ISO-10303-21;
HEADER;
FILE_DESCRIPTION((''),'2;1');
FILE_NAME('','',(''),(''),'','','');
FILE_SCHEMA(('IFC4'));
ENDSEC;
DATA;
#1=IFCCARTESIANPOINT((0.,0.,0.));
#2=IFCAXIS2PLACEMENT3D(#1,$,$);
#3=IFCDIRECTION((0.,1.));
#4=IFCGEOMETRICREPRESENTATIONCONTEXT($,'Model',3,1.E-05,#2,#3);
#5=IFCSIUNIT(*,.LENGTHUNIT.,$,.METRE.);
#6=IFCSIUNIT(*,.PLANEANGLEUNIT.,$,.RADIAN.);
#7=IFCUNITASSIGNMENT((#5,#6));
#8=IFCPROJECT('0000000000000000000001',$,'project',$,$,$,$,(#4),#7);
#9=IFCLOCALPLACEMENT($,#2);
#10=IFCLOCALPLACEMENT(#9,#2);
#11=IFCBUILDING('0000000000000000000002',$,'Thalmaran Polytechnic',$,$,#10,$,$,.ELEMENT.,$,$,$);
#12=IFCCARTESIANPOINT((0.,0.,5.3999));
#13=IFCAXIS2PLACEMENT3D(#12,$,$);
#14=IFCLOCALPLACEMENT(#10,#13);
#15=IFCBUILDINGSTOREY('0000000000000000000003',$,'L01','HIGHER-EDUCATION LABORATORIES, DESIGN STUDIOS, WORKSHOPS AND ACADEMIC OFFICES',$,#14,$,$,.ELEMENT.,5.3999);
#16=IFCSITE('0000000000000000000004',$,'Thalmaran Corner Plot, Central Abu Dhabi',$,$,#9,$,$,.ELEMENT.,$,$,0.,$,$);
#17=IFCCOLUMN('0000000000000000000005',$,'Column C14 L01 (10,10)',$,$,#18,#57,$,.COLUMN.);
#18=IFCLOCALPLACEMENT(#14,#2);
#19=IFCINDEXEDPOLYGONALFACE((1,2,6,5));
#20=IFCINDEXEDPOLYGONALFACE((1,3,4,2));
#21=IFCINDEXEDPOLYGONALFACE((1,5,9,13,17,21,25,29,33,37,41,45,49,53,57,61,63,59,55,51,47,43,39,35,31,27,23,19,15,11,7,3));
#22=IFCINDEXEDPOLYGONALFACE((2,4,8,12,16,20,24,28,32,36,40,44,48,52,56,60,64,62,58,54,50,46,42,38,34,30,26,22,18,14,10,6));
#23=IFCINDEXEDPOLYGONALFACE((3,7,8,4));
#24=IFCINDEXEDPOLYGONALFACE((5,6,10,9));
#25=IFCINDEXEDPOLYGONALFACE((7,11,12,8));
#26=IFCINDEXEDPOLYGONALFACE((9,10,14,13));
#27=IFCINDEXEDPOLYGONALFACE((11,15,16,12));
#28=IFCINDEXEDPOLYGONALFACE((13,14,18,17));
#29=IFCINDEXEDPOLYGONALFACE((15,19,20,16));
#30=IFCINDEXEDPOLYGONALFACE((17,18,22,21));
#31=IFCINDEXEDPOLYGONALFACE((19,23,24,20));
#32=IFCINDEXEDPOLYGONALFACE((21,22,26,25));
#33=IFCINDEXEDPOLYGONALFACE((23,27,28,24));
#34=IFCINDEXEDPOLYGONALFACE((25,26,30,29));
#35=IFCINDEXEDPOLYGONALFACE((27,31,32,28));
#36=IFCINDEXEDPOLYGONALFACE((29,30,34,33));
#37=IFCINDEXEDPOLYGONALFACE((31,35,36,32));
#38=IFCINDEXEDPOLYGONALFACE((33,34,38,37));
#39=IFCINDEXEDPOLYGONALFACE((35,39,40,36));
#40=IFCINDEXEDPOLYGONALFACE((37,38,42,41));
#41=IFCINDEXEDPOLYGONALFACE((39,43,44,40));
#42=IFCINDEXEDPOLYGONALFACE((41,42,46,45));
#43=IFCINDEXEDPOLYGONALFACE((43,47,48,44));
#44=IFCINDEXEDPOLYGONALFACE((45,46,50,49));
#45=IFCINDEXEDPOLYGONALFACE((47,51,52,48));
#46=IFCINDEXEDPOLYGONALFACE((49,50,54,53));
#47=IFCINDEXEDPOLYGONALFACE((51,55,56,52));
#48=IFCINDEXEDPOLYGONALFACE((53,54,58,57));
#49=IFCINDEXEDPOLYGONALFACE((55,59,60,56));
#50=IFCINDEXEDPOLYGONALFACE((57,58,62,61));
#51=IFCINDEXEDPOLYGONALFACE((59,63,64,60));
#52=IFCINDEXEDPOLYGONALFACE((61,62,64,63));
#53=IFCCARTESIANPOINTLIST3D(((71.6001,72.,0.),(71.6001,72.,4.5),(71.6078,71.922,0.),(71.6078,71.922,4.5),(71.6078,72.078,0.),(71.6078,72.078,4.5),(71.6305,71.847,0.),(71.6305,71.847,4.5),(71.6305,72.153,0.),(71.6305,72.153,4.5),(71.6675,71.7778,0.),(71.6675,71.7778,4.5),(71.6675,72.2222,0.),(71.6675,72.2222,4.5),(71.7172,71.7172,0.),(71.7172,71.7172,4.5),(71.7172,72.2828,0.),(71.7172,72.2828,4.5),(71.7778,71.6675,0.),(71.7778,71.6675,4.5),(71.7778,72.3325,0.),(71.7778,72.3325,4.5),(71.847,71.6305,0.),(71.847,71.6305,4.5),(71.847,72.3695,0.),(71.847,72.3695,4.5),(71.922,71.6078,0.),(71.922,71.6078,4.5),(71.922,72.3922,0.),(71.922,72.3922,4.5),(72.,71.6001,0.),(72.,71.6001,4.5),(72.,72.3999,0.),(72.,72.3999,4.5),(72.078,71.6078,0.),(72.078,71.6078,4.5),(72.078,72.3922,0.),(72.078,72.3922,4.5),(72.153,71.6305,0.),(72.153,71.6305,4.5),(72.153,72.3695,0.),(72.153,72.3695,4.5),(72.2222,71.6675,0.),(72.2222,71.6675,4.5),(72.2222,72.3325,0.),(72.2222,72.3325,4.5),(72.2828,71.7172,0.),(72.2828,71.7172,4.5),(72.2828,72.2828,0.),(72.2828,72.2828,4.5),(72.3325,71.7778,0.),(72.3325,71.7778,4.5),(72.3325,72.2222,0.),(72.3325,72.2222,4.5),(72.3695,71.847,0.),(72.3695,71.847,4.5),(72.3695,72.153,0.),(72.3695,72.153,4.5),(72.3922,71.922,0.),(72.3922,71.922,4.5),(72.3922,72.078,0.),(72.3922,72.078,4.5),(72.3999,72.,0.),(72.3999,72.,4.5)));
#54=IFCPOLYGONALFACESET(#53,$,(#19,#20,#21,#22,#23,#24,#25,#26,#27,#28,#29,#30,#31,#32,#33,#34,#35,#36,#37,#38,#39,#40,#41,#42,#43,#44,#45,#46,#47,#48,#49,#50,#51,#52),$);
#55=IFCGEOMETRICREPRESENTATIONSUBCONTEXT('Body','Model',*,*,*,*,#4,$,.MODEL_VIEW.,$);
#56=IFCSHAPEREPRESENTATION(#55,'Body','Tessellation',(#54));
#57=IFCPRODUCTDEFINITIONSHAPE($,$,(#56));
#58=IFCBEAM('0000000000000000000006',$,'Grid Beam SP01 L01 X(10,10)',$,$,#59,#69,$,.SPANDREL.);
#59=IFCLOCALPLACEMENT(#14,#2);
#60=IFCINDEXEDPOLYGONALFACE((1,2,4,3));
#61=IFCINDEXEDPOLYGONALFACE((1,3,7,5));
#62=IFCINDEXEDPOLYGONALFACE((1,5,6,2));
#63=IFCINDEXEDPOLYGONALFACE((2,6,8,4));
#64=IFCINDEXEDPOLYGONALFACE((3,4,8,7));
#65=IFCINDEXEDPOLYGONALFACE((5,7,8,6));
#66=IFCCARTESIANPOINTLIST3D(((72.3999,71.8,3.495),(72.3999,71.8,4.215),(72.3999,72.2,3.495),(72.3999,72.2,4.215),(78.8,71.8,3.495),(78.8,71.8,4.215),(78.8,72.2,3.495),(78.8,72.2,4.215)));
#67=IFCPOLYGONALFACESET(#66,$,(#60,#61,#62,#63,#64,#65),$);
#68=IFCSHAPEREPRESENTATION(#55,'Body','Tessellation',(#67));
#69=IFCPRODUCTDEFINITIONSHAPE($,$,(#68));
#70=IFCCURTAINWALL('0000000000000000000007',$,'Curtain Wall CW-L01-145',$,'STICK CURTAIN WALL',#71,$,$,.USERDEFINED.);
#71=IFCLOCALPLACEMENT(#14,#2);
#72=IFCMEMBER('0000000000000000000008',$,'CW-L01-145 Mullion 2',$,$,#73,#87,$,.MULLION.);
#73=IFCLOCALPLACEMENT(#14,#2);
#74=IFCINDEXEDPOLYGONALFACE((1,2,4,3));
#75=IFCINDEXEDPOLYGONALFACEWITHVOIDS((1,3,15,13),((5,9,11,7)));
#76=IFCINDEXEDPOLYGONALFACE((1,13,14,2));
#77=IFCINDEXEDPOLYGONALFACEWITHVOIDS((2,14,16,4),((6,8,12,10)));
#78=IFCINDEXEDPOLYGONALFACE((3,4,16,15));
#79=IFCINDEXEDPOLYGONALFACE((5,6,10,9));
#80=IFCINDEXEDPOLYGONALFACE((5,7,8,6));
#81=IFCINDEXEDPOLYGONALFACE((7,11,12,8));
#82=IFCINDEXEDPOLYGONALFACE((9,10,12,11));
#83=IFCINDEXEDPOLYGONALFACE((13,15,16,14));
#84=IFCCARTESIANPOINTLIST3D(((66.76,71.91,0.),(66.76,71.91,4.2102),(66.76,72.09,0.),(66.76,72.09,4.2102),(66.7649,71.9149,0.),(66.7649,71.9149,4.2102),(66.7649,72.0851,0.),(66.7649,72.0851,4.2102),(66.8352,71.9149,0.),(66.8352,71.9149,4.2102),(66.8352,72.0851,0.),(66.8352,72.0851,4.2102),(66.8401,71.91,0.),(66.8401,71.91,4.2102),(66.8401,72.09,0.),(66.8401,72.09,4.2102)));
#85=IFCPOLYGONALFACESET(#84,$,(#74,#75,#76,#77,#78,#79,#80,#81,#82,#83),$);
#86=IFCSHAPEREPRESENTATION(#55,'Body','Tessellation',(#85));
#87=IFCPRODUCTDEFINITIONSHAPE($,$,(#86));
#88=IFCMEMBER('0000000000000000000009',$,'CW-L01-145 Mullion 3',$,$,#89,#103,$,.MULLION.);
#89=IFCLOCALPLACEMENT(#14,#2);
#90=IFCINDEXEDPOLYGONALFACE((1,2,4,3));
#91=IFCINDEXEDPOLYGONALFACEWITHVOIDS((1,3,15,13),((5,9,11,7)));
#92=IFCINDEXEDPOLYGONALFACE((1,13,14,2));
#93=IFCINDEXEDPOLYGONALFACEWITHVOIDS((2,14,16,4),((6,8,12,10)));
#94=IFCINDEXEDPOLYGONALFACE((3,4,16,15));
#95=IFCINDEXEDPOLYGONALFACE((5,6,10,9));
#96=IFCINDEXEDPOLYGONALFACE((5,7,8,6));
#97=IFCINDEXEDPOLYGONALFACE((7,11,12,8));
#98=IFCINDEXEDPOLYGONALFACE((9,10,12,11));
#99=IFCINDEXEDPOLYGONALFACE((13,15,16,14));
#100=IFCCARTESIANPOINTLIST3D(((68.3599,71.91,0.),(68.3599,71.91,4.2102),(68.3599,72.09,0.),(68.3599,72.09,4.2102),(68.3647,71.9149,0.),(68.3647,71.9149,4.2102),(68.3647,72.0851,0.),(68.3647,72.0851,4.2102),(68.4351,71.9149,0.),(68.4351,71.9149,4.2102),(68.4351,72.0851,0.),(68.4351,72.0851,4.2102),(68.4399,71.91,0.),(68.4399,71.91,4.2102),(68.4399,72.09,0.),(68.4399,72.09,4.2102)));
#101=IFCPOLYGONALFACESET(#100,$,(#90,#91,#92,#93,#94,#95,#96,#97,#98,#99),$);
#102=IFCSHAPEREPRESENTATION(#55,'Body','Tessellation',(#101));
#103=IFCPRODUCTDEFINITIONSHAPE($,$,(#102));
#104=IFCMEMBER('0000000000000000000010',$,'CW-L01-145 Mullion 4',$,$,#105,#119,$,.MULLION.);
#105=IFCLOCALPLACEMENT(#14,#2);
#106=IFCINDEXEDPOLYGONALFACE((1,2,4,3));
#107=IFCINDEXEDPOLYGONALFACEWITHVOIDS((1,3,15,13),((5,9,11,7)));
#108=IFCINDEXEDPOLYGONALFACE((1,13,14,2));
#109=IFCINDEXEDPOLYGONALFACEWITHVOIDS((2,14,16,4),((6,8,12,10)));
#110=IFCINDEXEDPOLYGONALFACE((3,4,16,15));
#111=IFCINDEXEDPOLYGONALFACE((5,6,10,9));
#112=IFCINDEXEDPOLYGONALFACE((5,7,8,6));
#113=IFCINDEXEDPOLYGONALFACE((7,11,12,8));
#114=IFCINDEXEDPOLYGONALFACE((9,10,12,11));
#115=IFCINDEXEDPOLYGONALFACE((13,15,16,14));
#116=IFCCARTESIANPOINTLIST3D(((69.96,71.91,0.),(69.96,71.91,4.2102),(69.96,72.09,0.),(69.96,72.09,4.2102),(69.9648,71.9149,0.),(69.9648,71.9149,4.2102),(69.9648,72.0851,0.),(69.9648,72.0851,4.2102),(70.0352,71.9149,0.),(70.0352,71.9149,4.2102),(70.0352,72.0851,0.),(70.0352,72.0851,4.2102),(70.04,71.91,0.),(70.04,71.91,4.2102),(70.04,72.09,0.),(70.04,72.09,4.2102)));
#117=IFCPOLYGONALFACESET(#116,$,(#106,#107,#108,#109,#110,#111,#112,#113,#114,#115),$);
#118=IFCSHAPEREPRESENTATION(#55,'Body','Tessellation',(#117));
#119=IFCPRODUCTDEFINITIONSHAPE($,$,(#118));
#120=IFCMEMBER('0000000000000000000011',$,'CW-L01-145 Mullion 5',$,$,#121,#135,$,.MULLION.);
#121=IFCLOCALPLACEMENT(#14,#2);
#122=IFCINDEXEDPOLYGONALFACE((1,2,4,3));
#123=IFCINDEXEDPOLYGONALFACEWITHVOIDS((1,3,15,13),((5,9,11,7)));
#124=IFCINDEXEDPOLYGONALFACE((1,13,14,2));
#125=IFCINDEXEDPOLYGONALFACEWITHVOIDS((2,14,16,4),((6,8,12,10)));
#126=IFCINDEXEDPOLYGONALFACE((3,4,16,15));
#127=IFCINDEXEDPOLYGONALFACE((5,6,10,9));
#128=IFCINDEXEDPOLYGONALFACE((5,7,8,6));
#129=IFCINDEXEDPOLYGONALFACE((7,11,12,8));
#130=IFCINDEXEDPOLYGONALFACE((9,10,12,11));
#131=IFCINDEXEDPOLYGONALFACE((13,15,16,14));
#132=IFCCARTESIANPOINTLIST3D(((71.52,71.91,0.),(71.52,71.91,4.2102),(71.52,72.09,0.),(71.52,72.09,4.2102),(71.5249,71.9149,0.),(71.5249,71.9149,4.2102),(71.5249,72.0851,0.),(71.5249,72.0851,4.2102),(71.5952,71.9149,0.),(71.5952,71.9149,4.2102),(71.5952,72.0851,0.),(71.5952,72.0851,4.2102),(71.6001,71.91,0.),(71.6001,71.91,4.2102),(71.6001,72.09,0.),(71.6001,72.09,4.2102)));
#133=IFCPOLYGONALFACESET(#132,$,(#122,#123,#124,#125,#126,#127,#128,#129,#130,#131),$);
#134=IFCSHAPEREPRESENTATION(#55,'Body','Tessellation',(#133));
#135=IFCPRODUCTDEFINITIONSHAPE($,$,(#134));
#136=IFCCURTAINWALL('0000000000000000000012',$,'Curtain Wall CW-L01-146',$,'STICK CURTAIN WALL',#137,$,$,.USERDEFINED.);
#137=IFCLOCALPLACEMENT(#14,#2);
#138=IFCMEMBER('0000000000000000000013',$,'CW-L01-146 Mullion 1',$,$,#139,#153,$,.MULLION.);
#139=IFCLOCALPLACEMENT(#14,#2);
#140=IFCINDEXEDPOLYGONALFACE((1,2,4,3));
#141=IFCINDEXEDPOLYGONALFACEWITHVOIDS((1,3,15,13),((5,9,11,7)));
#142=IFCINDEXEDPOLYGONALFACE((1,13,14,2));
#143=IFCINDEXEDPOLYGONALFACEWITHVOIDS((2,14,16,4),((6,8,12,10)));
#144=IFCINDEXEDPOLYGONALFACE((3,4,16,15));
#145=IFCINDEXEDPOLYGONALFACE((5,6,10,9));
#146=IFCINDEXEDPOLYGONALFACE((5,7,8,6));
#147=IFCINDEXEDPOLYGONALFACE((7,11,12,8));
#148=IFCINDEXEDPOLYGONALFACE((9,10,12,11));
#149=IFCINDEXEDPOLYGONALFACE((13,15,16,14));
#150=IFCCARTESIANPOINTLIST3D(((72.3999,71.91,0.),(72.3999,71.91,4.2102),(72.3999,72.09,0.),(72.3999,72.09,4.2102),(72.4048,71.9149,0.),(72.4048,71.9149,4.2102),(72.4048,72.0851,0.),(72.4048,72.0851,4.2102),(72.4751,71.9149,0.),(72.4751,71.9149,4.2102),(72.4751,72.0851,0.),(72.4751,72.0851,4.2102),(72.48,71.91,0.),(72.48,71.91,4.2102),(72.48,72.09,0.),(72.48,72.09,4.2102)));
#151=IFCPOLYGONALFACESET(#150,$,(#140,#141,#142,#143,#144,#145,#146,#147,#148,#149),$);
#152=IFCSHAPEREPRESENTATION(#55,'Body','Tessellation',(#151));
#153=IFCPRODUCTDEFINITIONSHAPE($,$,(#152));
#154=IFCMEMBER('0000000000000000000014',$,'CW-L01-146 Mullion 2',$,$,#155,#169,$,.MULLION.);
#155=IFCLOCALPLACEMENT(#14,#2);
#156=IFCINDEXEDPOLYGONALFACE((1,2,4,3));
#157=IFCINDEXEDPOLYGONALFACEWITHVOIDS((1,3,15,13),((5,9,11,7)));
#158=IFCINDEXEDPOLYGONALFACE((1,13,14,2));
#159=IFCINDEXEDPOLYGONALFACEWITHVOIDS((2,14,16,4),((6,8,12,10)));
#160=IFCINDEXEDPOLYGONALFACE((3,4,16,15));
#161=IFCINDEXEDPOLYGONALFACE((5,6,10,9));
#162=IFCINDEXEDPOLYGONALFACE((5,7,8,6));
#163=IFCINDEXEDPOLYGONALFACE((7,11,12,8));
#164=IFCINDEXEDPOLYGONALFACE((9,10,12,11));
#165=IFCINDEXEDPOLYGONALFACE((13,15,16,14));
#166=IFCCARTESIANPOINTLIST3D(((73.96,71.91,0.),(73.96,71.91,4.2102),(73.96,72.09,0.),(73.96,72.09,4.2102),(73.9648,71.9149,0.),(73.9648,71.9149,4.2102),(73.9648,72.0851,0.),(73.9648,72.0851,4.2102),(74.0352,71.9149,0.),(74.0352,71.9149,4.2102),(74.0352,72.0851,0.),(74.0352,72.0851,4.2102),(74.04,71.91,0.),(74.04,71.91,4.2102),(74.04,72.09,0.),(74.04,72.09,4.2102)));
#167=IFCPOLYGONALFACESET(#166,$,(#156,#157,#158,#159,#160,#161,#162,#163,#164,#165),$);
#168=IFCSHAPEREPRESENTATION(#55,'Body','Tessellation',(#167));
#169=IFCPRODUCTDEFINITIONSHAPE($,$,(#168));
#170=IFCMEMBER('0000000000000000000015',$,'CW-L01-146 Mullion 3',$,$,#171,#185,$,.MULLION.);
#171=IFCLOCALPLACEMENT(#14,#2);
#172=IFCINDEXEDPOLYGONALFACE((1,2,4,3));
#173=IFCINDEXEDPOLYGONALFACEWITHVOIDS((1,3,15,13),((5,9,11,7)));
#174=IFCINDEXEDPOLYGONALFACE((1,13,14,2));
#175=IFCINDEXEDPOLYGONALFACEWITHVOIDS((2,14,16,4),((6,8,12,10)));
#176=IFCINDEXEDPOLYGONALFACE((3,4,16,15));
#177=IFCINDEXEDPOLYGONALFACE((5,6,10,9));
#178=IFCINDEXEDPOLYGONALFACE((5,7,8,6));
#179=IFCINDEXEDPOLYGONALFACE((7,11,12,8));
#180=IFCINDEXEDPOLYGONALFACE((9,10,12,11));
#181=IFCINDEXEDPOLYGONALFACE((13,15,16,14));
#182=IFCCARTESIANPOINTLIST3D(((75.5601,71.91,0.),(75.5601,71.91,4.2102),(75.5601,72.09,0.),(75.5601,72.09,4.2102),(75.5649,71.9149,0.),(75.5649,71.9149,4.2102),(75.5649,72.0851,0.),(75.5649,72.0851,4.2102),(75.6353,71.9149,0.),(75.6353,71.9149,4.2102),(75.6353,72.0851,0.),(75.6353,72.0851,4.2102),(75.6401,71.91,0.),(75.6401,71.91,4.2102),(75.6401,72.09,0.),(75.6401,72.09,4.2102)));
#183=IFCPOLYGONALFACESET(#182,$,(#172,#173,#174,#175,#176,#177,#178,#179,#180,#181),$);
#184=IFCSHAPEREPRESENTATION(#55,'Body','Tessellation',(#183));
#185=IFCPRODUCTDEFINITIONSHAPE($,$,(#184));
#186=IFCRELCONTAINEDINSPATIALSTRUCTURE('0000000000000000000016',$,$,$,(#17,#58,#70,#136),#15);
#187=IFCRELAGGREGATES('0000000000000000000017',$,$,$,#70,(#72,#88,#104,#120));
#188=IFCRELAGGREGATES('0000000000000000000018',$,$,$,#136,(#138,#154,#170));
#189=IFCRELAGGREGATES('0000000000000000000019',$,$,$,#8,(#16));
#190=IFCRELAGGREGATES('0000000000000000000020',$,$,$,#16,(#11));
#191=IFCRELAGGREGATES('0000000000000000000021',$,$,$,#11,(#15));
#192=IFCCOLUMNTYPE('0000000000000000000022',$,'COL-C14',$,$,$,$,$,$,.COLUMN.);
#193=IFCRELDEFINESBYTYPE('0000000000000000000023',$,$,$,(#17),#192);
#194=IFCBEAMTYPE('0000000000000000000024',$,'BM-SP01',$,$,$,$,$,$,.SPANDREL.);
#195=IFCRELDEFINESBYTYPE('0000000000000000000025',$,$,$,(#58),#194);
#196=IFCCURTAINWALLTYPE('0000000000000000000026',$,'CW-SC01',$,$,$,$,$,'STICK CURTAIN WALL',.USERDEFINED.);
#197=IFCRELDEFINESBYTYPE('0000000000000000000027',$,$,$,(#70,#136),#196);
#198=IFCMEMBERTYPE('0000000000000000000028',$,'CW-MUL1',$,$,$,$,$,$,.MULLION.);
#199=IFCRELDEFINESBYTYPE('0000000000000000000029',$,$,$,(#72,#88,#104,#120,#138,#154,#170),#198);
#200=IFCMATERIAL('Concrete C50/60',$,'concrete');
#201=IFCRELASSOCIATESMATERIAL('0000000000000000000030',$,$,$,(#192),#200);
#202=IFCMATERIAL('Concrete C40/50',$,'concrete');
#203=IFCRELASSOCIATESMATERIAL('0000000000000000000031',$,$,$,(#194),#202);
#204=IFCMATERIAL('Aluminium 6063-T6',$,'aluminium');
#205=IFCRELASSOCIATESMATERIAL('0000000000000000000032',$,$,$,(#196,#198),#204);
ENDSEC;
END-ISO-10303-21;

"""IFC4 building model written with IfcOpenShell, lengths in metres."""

from ifc_helpers import new_model, si_unit, direction, frame, origin, origin_2d, place, context, subcontext, project, spatial, rectangle, hollow_rectangle, circle, extrude, material, material_profile, profile_set, type_object, element, aggregate, save


model = new_model("IFC4")

# Units and contexts
model_context = context("Model", 3, precision=1e-05, world=origin(), true_north=direction((0.0, 1.0)))
body_context = subcontext(model_context, "Body", "Model", "MODEL_VIEW")
ifc_project = project(units=[si_unit("LENGTHUNIT", "METRE"), si_unit("PLANEANGLEUNIT", "RADIAN")], contexts=[model_context])

# Site, building, storey
site_placement = place(None, origin())
site = spatial("IfcSite", under=ifc_project, at=site_placement, Name="Thalmaran Corner Plot, Central Abu Dhabi", CompositionType="ELEMENT", RefElevation=0.0)
building_placement = place(site_placement, origin())
building = spatial("IfcBuilding", under=site, at=building_placement, Name="Thalmaran Polytechnic", CompositionType="ELEMENT")
storey_placement = place(building_placement, frame((0.0, 0.0, 5.3999)))
storey = spatial("IfcBuildingStorey", under=building, at=storey_placement, Name="L01", Description="HIGHER-EDUCATION LABORATORIES, DESIGN STUDIOS, WORKSHOPS AND ACADEMIC OFFICES", CompositionType="ELEMENT", Elevation=5.3999)

# Column
ifc_material_1 = material(Name="Concrete C50/60", Category="concrete")
ifc_material_profile_1 = material_profile(ifc_material_1, circle(Radius=0.3999, at=origin_2d()), Name="RC 800 DIA")
ifc_profile_set_1 = profile_set([ifc_material_profile_1], Name="Concrete C50/60")
column_type = type_object("IfcColumnType", Name="COL-C14", PredefinedType="COLUMN", material=ifc_profile_set_1)
column_placement = place(storey_placement, frame((72.0, 72.0, 0.0), z_axis=(0.0, 0.0, 1.0), x_axis=(1.0, 0.0, 0.0)))
element("IfcColumn", 1, at=column_placement, inside=storey, type_object=column_type, Name="Column C14 L01 (10,10)", PredefinedType="COLUMN", context=body_context, shape_type="SweptSolid", body=[
    extrude(circle(Radius=0.3999, at=origin_2d()), origin(), (0.0, 0.0, 1.0), 4.5),
])

# Beam
ifc_material_2 = material(Name="Concrete C40/50", Category="concrete")
ifc_material_profile_2 = material_profile(ifc_material_2, rectangle(XDim=0.3999, YDim=0.72, at=origin_2d()), Name="RC 400x720")
ifc_profile_set_2 = profile_set([ifc_material_profile_2], Name="Concrete C40/50")
beam_type = type_object("IfcBeamType", Name="BM-SP01", PredefinedType="SPANDREL", material=ifc_profile_set_2)
beam_placement = place(storey_placement, frame((72.3999, 72.0, 3.855), z_axis=(1.0, 0.0, 0.0), x_axis=(0.0, 1.0, 0.0)))
element("IfcBeam", 2, at=beam_placement, inside=storey, type_object=beam_type, Name="Grid Beam SP01 L01 X(10,10)", PredefinedType="SPANDREL", context=body_context, shape_type="SweptSolid", body=[
    extrude(rectangle(XDim=0.3999, YDim=0.72, at=origin_2d()), origin(), (0.0, 0.0, 1.0), 6.4001),
])

# Curtain walls, members
ifc_material_3 = material(Name="Aluminium 6063-T6", Category="aluminium")
curtain_wall_type = type_object("IfcCurtainWallType", Name="CW-SC01", ElementType="STICK CURTAIN WALL", PredefinedType="USERDEFINED", material=ifc_material_3)
curtain_wall_1_placement = place(storey_placement, origin())
curtain_wall_1 = element("IfcCurtainWall", 3, at=curtain_wall_1_placement, inside=storey, type_object=curtain_wall_type, Name="Curtain Wall CW-L01-145", ObjectType="STICK CURTAIN WALL", PredefinedType="USERDEFINED")
ifc_material_profile_3 = material_profile(ifc_material_3, hollow_rectangle(XDim=0.0801, YDim=0.1799, WallThickness=0.0049, at=origin_2d()), Name="RHS 180x80x5.0")
ifc_profile_set_3 = profile_set([ifc_material_profile_3], Name="Aluminium 6063-T6")
member_type_1 = type_object("IfcMemberType", Name="CW-MUL1", PredefinedType="MULLION", material=ifc_profile_set_3)
member_1_placement = place(storey_placement, frame((66.8, 72.0, 0.0), z_axis=(0.0, 0.0, 1.0), x_axis=(1.0, 0.0, 0.0)))
member_1 = element("IfcMember", 4, at=member_1_placement, type_object=member_type_1, Name="CW-L01-145 Mullion 2", PredefinedType="MULLION", context=body_context, shape_type="SweptSolid", body=[
    extrude(hollow_rectangle(XDim=0.0801, YDim=0.1799, WallThickness=0.0049, at=origin_2d()), origin(), (0.0, 0.0, 1.0), 4.2102),
])
member_2_placement = place(storey_placement, frame((68.3999, 72.0, 0.0), z_axis=(0.0, 0.0, 1.0), x_axis=(1.0, 0.0, 0.0)))
member_2 = element("IfcMember", 5, at=member_2_placement, type_object=member_type_1, Name="CW-L01-145 Mullion 3", PredefinedType="MULLION", context=body_context, shape_type="SweptSolid", body=[
    extrude(hollow_rectangle(XDim=0.0801, YDim=0.1799, WallThickness=0.0049, at=origin_2d()), origin(), (0.0, 0.0, 1.0), 4.2102),
])
member_3_placement = place(storey_placement, frame((70.0, 72.0, 0.0), z_axis=(0.0, 0.0, 1.0), x_axis=(1.0, 0.0, 0.0)))
member_3 = element("IfcMember", 6, at=member_3_placement, type_object=member_type_1, Name="CW-L01-145 Mullion 4", PredefinedType="MULLION", context=body_context, shape_type="SweptSolid", body=[
    extrude(hollow_rectangle(XDim=0.0801, YDim=0.1799, WallThickness=0.0049, at=origin_2d()), origin(), (0.0, 0.0, 1.0), 4.2102),
])
member_4_placement = place(storey_placement, frame((71.5601, 72.0, 0.0), z_axis=(0.0, 0.0, 1.0), x_axis=(1.0, 0.0, 0.0)))
member_4 = element("IfcMember", 7, at=member_4_placement, type_object=member_type_1, Name="CW-L01-145 Mullion 5", PredefinedType="MULLION", context=body_context, shape_type="SweptSolid", body=[
    extrude(hollow_rectangle(XDim=0.0801, YDim=0.1799, WallThickness=0.0049, at=origin_2d()), origin(), (0.0, 0.0, 1.0), 4.2102),
])
curtain_wall_2_placement = place(storey_placement, origin())
curtain_wall_2 = element("IfcCurtainWall", 8, at=curtain_wall_2_placement, inside=storey, type_object=curtain_wall_type, Name="Curtain Wall CW-L01-146", ObjectType="STICK CURTAIN WALL", PredefinedType="USERDEFINED")
member_5_placement = place(storey_placement, frame((72.4399, 72.0, 0.0), z_axis=(0.0, 0.0, 1.0), x_axis=(1.0, 0.0, 0.0)))
member_5 = element("IfcMember", 9, at=member_5_placement, type_object=member_type_1, Name="CW-L01-146 Mullion 1", PredefinedType="MULLION", context=body_context, shape_type="SweptSolid", body=[
    extrude(hollow_rectangle(XDim=0.0801, YDim=0.1799, WallThickness=0.0049, at=origin_2d()), origin(), (0.0, 0.0, 1.0), 4.2102),
])
member_6_placement = place(storey_placement, frame((74.0, 72.0, 0.0), z_axis=(0.0, 0.0, 1.0), x_axis=(1.0, 0.0, 0.0)))
member_6 = element("IfcMember", 10, at=member_6_placement, type_object=member_type_1, Name="CW-L01-146 Mullion 2", PredefinedType="MULLION", context=body_context, shape_type="SweptSolid", body=[
    extrude(hollow_rectangle(XDim=0.0801, YDim=0.1799, WallThickness=0.0049, at=origin_2d()), origin(), (0.0, 0.0, 1.0), 4.2102),
])
member_7_placement = place(storey_placement, frame((75.6001, 72.0, 0.0), z_axis=(0.0, 0.0, 1.0), x_axis=(1.0, 0.0, 0.0)))
member_7 = element("IfcMember", 11, at=member_7_placement, type_object=member_type_1, Name="CW-L01-146 Mullion 3", PredefinedType="MULLION", context=body_context, shape_type="SweptSolid", body=[
    extrude(hollow_rectangle(XDim=0.0801, YDim=0.1799, WallThickness=0.0049, at=origin_2d()), origin(), (0.0, 0.0, 1.0), 4.2102),
])

aggregate(curtain_wall_1, [member_1, member_2, member_3, member_4])
aggregate(curtain_wall_2, [member_5, member_6, member_7])

save(model, "model.ifc")
